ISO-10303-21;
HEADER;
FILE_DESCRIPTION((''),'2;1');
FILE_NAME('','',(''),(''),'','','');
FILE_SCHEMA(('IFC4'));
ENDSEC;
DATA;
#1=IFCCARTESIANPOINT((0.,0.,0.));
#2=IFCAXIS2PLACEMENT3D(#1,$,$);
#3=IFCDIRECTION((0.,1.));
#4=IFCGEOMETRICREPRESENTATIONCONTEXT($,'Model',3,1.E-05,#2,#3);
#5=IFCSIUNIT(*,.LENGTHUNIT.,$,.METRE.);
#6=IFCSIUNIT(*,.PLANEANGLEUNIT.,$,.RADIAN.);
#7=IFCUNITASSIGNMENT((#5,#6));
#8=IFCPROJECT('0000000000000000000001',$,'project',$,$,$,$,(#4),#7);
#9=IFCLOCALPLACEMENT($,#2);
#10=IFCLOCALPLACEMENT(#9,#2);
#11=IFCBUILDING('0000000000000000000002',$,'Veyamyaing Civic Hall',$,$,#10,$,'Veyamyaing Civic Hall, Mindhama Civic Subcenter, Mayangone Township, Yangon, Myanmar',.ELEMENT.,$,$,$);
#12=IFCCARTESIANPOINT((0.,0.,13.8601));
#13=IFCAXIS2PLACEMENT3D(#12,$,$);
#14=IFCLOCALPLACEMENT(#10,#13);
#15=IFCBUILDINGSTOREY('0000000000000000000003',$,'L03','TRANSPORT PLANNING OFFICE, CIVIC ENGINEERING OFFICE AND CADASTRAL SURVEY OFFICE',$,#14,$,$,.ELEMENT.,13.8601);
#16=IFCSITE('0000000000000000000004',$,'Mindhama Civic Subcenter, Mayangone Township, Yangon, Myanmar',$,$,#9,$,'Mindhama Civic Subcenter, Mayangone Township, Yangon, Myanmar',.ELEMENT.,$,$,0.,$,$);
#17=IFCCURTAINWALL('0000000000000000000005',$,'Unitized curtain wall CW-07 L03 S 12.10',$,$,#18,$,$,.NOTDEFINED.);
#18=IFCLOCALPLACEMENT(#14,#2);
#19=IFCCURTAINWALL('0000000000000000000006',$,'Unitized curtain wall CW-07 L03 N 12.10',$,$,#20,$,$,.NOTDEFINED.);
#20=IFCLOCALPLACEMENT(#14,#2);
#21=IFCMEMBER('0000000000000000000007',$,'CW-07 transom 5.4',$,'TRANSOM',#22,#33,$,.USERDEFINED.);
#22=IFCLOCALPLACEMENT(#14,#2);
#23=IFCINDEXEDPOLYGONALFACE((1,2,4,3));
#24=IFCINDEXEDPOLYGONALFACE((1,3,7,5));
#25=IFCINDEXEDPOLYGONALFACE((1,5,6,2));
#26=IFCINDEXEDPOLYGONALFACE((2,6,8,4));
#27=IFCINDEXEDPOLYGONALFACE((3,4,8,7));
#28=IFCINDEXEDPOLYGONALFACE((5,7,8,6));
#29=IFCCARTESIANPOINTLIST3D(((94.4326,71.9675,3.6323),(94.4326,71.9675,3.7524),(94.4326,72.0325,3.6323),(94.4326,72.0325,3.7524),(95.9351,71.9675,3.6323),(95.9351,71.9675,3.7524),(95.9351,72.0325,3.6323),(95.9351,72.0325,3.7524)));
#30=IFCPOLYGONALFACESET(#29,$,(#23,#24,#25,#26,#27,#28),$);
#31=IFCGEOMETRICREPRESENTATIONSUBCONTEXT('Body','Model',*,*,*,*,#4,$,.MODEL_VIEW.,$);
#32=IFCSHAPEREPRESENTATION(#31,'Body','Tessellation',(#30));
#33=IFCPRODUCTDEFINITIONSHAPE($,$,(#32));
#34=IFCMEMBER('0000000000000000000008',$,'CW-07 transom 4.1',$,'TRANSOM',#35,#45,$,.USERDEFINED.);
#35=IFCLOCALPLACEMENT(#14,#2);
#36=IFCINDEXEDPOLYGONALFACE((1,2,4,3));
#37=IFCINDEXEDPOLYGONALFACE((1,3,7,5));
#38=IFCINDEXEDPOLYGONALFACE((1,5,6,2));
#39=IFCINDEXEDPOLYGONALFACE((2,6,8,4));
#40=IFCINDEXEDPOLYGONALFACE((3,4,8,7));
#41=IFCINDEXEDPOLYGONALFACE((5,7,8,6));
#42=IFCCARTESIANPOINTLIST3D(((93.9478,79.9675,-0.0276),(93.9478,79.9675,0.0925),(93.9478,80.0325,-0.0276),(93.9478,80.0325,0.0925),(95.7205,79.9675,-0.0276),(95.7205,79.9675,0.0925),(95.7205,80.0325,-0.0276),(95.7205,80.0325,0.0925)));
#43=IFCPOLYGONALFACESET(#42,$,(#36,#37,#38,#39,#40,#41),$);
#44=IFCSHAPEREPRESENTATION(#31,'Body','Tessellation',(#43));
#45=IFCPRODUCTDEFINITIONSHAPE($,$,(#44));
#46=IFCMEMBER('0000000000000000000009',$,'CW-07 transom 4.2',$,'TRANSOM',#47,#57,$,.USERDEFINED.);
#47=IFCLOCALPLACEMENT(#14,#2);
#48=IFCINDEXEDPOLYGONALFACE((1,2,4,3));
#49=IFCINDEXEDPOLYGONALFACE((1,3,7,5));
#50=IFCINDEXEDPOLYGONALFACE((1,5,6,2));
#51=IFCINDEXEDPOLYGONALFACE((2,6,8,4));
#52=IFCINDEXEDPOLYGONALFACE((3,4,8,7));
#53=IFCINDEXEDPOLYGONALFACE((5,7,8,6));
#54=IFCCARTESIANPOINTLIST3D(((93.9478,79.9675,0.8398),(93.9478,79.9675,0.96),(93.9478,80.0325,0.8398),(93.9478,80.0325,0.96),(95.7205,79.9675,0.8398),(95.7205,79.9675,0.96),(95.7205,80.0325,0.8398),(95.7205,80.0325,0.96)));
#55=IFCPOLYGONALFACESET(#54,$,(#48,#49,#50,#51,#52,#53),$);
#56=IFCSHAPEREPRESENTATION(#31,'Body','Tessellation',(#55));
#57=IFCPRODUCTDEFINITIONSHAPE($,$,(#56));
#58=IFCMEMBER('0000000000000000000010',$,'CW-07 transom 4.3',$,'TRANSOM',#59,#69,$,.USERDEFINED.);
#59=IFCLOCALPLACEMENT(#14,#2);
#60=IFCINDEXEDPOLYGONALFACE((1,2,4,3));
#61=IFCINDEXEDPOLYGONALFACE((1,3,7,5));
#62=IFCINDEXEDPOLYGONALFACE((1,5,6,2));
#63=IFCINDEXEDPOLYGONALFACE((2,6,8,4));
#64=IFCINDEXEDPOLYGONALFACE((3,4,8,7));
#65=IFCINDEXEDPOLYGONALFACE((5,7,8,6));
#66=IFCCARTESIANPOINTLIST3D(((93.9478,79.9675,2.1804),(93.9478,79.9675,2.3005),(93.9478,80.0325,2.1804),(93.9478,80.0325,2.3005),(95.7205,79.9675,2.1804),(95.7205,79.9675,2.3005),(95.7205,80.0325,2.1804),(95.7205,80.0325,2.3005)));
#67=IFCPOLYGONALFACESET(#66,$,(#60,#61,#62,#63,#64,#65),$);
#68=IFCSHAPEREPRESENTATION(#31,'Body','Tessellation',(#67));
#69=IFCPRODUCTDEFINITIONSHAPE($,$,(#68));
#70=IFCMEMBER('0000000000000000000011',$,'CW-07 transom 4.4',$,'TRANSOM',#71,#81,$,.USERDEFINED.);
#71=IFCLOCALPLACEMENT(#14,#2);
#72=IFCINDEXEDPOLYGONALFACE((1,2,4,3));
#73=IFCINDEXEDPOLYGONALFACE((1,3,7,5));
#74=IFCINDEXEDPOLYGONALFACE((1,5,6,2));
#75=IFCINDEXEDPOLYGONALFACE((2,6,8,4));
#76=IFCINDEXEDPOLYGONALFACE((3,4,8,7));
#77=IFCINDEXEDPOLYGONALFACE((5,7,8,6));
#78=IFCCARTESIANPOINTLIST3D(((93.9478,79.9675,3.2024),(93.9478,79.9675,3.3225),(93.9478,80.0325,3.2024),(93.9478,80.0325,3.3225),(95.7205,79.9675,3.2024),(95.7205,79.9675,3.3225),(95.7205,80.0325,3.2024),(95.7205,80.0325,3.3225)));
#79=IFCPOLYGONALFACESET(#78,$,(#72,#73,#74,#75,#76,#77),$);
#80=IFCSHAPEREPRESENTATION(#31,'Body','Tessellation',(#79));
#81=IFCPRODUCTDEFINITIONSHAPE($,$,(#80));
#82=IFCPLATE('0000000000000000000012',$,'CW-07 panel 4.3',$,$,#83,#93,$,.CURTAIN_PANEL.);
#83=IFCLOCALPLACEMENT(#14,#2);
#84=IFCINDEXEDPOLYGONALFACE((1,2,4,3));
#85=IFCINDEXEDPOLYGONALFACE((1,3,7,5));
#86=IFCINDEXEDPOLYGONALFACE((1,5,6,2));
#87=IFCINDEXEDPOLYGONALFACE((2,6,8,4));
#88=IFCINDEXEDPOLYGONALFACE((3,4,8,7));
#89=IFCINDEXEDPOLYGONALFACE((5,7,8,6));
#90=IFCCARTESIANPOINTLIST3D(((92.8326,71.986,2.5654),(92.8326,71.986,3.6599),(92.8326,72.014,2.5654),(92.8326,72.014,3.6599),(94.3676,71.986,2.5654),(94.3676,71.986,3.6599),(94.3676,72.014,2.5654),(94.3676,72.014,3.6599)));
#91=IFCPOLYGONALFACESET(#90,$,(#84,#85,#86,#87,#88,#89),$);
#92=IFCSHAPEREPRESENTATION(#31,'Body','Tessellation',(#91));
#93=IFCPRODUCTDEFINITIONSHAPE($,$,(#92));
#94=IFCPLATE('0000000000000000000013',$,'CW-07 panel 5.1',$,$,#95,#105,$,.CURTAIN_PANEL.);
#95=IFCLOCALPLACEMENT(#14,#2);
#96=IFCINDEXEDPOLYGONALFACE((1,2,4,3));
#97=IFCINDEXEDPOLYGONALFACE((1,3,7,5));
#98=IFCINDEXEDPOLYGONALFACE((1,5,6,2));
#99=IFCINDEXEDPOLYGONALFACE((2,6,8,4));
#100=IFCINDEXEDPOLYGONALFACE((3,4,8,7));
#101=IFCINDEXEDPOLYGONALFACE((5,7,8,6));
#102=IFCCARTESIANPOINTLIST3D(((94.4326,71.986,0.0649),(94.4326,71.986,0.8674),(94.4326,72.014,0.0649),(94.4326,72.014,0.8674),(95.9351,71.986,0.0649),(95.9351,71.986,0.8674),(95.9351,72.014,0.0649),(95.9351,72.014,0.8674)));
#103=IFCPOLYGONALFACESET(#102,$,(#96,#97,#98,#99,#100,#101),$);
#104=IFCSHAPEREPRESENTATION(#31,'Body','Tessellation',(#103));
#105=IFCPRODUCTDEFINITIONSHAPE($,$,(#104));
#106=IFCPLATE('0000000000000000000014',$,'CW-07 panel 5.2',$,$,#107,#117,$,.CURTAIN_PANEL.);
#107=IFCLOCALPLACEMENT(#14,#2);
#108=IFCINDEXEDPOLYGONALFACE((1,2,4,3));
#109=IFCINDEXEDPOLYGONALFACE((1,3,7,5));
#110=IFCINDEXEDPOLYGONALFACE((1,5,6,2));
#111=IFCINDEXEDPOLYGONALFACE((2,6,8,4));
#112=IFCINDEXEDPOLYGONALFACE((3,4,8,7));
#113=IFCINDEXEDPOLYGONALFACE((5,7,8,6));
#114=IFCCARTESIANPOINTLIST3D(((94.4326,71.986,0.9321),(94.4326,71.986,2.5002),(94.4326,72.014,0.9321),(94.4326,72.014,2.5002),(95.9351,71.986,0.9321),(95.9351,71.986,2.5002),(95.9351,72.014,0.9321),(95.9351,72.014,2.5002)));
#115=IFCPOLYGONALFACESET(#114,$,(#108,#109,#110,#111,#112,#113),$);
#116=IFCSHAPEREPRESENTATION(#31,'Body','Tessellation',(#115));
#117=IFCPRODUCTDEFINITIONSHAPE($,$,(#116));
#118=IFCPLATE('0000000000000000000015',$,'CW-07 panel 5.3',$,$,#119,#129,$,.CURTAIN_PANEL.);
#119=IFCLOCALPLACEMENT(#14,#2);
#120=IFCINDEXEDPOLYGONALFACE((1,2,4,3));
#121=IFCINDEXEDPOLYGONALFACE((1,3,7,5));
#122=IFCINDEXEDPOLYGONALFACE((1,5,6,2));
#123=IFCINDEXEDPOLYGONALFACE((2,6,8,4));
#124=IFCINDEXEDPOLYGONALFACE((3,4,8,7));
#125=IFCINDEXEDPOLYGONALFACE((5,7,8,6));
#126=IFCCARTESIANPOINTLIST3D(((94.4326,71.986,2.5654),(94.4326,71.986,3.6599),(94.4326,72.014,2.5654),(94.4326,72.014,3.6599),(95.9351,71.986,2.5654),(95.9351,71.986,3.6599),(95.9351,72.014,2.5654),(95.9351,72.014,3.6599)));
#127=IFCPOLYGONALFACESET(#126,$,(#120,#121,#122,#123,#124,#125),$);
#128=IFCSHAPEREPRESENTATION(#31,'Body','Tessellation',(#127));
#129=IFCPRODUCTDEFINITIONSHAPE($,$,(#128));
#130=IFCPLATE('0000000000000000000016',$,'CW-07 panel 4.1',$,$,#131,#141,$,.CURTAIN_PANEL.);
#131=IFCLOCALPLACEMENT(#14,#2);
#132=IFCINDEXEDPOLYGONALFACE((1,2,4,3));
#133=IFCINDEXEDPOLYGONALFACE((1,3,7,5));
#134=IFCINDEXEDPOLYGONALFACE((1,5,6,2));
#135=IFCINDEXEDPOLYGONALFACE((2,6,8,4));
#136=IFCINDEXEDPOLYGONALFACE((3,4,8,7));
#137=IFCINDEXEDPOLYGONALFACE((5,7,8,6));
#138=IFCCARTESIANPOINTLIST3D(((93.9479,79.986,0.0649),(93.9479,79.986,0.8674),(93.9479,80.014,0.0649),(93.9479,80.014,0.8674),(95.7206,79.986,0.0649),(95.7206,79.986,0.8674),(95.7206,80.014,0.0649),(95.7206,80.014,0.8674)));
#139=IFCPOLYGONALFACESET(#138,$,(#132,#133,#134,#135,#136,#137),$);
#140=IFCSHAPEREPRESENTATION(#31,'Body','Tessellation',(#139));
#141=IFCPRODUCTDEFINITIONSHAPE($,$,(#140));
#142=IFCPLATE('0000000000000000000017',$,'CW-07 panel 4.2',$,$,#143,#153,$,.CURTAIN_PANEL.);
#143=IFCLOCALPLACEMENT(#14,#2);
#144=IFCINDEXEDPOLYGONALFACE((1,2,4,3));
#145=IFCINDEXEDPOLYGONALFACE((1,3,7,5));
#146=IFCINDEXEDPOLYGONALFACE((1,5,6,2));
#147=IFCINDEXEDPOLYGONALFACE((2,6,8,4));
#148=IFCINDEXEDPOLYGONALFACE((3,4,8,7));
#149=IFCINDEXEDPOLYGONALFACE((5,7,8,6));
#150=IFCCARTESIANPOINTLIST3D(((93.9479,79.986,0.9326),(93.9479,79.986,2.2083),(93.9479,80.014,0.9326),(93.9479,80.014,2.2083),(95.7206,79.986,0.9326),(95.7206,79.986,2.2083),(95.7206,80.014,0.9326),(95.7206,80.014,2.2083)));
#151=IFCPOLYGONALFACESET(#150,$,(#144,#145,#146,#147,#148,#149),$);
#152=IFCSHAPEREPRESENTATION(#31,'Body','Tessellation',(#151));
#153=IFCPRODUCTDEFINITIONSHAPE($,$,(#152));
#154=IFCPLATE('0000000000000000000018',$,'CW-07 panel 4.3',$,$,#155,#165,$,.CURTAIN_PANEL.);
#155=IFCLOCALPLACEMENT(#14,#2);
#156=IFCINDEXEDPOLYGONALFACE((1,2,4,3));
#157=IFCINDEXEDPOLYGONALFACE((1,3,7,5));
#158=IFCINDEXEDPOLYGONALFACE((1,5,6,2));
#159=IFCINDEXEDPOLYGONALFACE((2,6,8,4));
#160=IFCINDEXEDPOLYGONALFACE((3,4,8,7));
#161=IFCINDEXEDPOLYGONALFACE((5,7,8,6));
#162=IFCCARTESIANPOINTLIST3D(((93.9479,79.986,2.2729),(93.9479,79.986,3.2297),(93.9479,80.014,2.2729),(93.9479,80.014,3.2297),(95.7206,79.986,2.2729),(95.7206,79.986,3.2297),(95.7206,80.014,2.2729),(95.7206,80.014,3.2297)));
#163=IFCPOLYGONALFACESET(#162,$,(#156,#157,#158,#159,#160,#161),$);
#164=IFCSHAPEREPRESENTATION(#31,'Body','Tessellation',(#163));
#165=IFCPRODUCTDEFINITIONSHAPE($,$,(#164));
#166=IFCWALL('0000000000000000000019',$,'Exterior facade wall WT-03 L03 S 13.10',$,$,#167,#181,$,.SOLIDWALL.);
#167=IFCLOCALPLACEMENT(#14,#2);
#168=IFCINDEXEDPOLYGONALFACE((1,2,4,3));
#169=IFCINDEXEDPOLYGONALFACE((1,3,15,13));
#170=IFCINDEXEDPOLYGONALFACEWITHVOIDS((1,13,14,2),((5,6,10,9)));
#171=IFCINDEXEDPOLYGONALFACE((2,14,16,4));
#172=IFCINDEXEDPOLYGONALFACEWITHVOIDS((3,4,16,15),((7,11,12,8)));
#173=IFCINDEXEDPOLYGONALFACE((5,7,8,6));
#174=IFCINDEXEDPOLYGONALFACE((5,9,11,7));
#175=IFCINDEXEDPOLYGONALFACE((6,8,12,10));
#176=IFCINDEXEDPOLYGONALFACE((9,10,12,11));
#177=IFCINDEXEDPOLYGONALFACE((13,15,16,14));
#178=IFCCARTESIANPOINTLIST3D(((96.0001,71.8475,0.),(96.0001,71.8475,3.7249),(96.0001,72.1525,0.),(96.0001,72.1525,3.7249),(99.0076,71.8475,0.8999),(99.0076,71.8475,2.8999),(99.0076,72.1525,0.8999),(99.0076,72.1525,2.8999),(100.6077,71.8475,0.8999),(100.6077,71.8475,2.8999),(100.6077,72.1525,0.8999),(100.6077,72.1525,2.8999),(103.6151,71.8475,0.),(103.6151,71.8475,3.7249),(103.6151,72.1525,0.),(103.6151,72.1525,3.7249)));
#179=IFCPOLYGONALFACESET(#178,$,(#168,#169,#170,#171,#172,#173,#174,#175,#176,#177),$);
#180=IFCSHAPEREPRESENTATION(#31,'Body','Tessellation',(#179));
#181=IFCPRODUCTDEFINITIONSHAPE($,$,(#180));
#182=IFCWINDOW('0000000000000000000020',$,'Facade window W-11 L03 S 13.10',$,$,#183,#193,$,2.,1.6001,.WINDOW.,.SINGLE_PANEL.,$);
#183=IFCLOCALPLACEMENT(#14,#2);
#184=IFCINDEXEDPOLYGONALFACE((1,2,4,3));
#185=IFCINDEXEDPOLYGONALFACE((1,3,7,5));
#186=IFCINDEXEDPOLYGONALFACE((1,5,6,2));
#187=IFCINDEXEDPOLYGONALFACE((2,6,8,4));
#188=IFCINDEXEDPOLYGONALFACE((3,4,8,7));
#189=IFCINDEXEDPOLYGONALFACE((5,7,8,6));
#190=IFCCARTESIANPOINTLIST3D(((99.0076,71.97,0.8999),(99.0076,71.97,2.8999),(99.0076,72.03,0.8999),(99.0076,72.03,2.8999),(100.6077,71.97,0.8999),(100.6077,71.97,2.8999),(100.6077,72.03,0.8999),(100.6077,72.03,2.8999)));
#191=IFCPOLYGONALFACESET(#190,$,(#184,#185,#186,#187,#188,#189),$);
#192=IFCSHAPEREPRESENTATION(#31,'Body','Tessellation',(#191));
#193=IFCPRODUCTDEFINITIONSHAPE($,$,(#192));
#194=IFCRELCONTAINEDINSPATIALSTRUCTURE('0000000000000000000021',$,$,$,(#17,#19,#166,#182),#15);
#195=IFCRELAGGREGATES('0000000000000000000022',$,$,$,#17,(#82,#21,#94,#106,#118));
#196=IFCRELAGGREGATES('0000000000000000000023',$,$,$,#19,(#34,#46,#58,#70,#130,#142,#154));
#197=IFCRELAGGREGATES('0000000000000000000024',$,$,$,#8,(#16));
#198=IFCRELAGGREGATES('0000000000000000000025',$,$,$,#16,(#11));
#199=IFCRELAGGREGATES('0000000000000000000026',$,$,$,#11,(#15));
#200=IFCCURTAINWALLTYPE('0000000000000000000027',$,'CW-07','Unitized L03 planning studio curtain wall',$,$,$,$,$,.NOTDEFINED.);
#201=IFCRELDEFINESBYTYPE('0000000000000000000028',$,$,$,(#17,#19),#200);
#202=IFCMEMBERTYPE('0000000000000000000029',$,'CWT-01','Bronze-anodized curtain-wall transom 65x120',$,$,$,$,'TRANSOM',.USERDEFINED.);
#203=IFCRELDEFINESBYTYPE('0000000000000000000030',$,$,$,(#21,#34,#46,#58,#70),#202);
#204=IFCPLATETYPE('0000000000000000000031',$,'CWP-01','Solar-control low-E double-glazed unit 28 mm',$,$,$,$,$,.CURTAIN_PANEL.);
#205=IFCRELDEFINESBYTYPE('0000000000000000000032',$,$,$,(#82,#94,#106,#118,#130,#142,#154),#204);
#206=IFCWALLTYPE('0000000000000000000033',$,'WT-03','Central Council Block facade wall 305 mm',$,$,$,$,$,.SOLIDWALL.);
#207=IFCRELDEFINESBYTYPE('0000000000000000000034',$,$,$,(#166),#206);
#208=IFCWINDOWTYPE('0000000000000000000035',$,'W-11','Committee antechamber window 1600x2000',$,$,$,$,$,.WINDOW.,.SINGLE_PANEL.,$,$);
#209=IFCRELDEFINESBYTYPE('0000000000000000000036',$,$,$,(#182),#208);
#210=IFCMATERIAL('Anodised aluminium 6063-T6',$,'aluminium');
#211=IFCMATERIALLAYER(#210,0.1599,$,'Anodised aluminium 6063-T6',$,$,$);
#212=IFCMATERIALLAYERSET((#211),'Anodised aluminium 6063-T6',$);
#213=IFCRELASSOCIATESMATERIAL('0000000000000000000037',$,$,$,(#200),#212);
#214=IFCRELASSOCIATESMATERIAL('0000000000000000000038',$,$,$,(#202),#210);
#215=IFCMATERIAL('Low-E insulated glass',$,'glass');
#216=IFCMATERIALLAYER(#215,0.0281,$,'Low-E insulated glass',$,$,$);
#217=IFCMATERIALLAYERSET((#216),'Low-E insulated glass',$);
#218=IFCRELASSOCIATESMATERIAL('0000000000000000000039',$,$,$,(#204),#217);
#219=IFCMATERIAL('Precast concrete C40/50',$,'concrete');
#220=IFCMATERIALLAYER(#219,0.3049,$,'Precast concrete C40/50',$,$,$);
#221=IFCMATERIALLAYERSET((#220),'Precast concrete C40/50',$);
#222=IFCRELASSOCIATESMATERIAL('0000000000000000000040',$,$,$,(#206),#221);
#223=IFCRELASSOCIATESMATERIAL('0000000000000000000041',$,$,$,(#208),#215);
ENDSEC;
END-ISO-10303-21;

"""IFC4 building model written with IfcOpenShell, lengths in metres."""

from ifc_helpers import new_model, si_unit, direction, frame, frame_2d, origin, origin_2d, place, context, subcontext, project, spatial, rectangle, extrude, material, layer, layer_set, material_profile, profile_set, type_object, element, fill, aggregate, save


model = new_model("IFC4")

# Units and contexts
model_context = context("Model", 3, precision=1e-05, world=origin(), true_north=direction((0.0, 1.0)))
body_context = subcontext(model_context, "Body", "Model", "MODEL_VIEW")
ifc_project = project(units=[si_unit("LENGTHUNIT", "METRE"), si_unit("PLANEANGLEUNIT", "RADIAN")], contexts=[model_context])

# Site, building, storey
site_placement = place(None, origin())
site = spatial("IfcSite", under=ifc_project, at=site_placement, Name="Mindhama Civic Subcenter, Mayangone Township, Yangon, Myanmar", LongName="Mindhama Civic Subcenter, Mayangone Township, Yangon, Myanmar", CompositionType="ELEMENT", RefElevation=0.0)
building_placement = place(site_placement, origin())
building = spatial("IfcBuilding", under=site, at=building_placement, Name="Veyamyaing Civic Hall", LongName="Veyamyaing Civic Hall, Mindhama Civic Subcenter, Mayangone Township, Yangon, Myanmar", CompositionType="ELEMENT")
storey_placement = place(building_placement, frame((0.0, 0.0, 13.8601)))
storey = spatial("IfcBuildingStorey", under=building, at=storey_placement, Name="L03", Description="TRANSPORT PLANNING OFFICE, CIVIC ENGINEERING OFFICE AND CADASTRAL SURVEY OFFICE", CompositionType="ELEMENT", Elevation=13.8601)

# Curtain walls
ifc_material_1 = material(Name="Anodised aluminium 6063-T6", Category="aluminium")
ifc_layer_1 = layer(ifc_material_1, 0.1599, Name="Anodised aluminium 6063-T6")
ifc_layer_set_1 = layer_set([ifc_layer_1], Name="Anodised aluminium 6063-T6")
curtain_wall_type = type_object("IfcCurtainWallType", Name="CW-07", Description="Unitized L03 planning studio curtain wall", PredefinedType="NOTDEFINED", material=ifc_layer_set_1)
curtain_wall_1_placement = place(storey_placement, origin())
curtain_wall_1 = element("IfcCurtainWall", 1, at=curtain_wall_1_placement, inside=storey, type_object=curtain_wall_type, Name="Unitized curtain wall CW-07 L03 S 12.10", PredefinedType="NOTDEFINED")
curtain_wall_2_placement = place(storey_placement, origin())
curtain_wall_2 = element("IfcCurtainWall", 2, at=curtain_wall_2_placement, inside=storey, type_object=curtain_wall_type, Name="Unitized curtain wall CW-07 L03 N 12.10", PredefinedType="NOTDEFINED")

# Members
ifc_material_profile_1 = material_profile(ifc_material_1, rectangle(XDim=0.0649, YDim=0.1201, at=origin_2d()), Name="ALU-TRN-65X120")
ifc_profile_set_1 = profile_set([ifc_material_profile_1], Name="Anodised aluminium 6063-T6")
member_type_1 = type_object("IfcMemberType", Name="CWT-01", Description="Bronze-anodized curtain-wall transom 65x120", ElementType="TRANSOM", PredefinedType="USERDEFINED", material=ifc_profile_set_1)
member_1_placement = place(storey_placement, frame((94.4326, 72.0, 3.6924), z_axis=(1.0, 0.0, 0.0), x_axis=(0.0, 1.0, 0.0)))
member_1 = element("IfcMember", 3, at=member_1_placement, type_object=member_type_1, Name="CW-07 transom 5.4", ObjectType="TRANSOM", PredefinedType="USERDEFINED", context=body_context, shape_type="SweptSolid", body=[
    extrude(rectangle(XDim=0.0649, YDim=0.1201, at=origin_2d()), origin(), (0.0, 0.0, 1.0), 1.5024),
])
member_2_placement = place(storey_placement, frame((93.9478, 80.0, 0.0325), z_axis=(1.0, 0.0, 0.0), x_axis=(0.0, 1.0, 0.0)))
member_2 = element("IfcMember", 4, at=member_2_placement, type_object=member_type_1, Name="CW-07 transom 4.1", ObjectType="TRANSOM", PredefinedType="USERDEFINED", context=body_context, shape_type="SweptSolid", body=[
    extrude(rectangle(XDim=0.0649, YDim=0.1201, at=origin_2d()), origin(), (0.0, 0.0, 1.0), 1.7727),
])
member_3_placement = place(storey_placement, frame((93.9478, 80.0, 0.8999), z_axis=(1.0, 0.0, 0.0), x_axis=(0.0, 1.0, 0.0)))
member_3 = element("IfcMember", 5, at=member_3_placement, type_object=member_type_1, Name="CW-07 transom 4.2", ObjectType="TRANSOM", PredefinedType="USERDEFINED", context=body_context, shape_type="SweptSolid", body=[
    extrude(rectangle(XDim=0.0649, YDim=0.1201, at=origin_2d()), origin(), (0.0, 0.0, 1.0), 1.7727),
])
member_4_placement = place(storey_placement, frame((93.9478, 80.0, 2.2405), z_axis=(1.0, 0.0, 0.0), x_axis=(0.0, 1.0, 0.0)))
member_4 = element("IfcMember", 6, at=member_4_placement, type_object=member_type_1, Name="CW-07 transom 4.3", ObjectType="TRANSOM", PredefinedType="USERDEFINED", context=body_context, shape_type="SweptSolid", body=[
    extrude(rectangle(XDim=0.0649, YDim=0.1201, at=origin_2d()), origin(), (0.0, 0.0, 1.0), 1.7727),
])
member_5_placement = place(storey_placement, frame((93.9478, 80.0, 3.2625), z_axis=(1.0, 0.0, 0.0), x_axis=(0.0, 1.0, 0.0)))
member_5 = element("IfcMember", 7, at=member_5_placement, type_object=member_type_1, Name="CW-07 transom 4.4", ObjectType="TRANSOM", PredefinedType="USERDEFINED", context=body_context, shape_type="SweptSolid", body=[
    extrude(rectangle(XDim=0.0649, YDim=0.1201, at=origin_2d()), origin(), (0.0, 0.0, 1.0), 1.7727),
])

# Plates
ifc_material_2 = material(Name="Low-E insulated glass", Category="glass")
ifc_layer_2 = layer(ifc_material_2, 0.0281, Name="Low-E insulated glass")
ifc_layer_set_2 = layer_set([ifc_layer_2], Name="Low-E insulated glass")
plate_type = type_object("IfcPlateType", Name="CWP-01", Description="Solar-control low-E double-glazed unit 28 mm", PredefinedType="CURTAIN_PANEL", material=ifc_layer_set_2)
plate_1_placement = place(storey_placement, frame((93.6001, 72.0, 2.5654), z_axis=(0.0, 0.0, 1.0), x_axis=(1.0, 0.0, 0.0)))
plate_1 = element("IfcPlate", 8, at=plate_1_placement, type_object=plate_type, Name="CW-07 panel 4.3", PredefinedType="CURTAIN_PANEL", context=body_context, shape_type="SweptSolid", body=[
    extrude(rectangle(XDim=1.5349, YDim=0.0281, at=origin_2d()), origin(), (0.0, 0.0, 1.0), 1.0945),
])
plate_2_placement = place(storey_placement, frame((95.1838, 72.0, 0.0649), z_axis=(0.0, 0.0, 1.0), x_axis=(1.0, 0.0, 0.0)))
plate_2 = element("IfcPlate", 9, at=plate_2_placement, type_object=plate_type, Name="CW-07 panel 5.1", PredefinedType="CURTAIN_PANEL", context=body_context, shape_type="SweptSolid", body=[
    extrude(rectangle(XDim=1.5024, YDim=0.0281, at=origin_2d()), origin(), (0.0, 0.0, 1.0), 0.8025),
])
plate_3_placement = place(storey_placement, frame((95.1838, 72.0, 0.9321), z_axis=(0.0, 0.0, 1.0), x_axis=(1.0, 0.0, 0.0)))
plate_3 = element("IfcPlate", 10, at=plate_3_placement, type_object=plate_type, Name="CW-07 panel 5.2", PredefinedType="CURTAIN_PANEL", context=body_context, shape_type="SweptSolid", body=[
    extrude(rectangle(XDim=1.5024, YDim=0.0281, at=origin_2d()), origin(), (0.0, 0.0, 1.0), 1.5681),
])
plate_4_placement = place(storey_placement, frame((95.1838, 72.0, 2.5654), z_axis=(0.0, 0.0, 1.0), x_axis=(1.0, 0.0, 0.0)))
plate_4 = element("IfcPlate", 11, at=plate_4_placement, type_object=plate_type, Name="CW-07 panel 5.3", PredefinedType="CURTAIN_PANEL", context=body_context, shape_type="SweptSolid", body=[
    extrude(rectangle(XDim=1.5024, YDim=0.0281, at=origin_2d()), origin(), (0.0, 0.0, 1.0), 1.0945),
])
aggregate(curtain_wall_1, [plate_1, member_1, plate_2, plate_3, plate_4])
plate_5_placement = place(storey_placement, frame((94.8342, 80.0, 0.0649), z_axis=(0.0, 0.0, 1.0), x_axis=(1.0, 0.0, 0.0)))
plate_5 = element("IfcPlate", 12, at=plate_5_placement, type_object=plate_type, Name="CW-07 panel 4.1", PredefinedType="CURTAIN_PANEL", context=body_context, shape_type="SweptSolid", body=[
    extrude(rectangle(XDim=1.7727, YDim=0.0281, at=origin_2d()), origin(), (0.0, 0.0, 1.0), 0.8025),
])
plate_6_placement = place(storey_placement, frame((94.8342, 80.0, 0.9326), z_axis=(0.0, 0.0, 1.0), x_axis=(1.0, 0.0, 0.0)))
plate_6 = element("IfcPlate", 13, at=plate_6_placement, type_object=plate_type, Name="CW-07 panel 4.2", PredefinedType="CURTAIN_PANEL", context=body_context, shape_type="SweptSolid", body=[
    extrude(rectangle(XDim=1.7727, YDim=0.0281, at=origin_2d()), origin(), (0.0, 0.0, 1.0), 1.2756),
])
plate_7_placement = place(storey_placement, frame((94.8342, 80.0, 2.2729), z_axis=(0.0, 0.0, 1.0), x_axis=(1.0, 0.0, 0.0)))
plate_7 = element("IfcPlate", 14, at=plate_7_placement, type_object=plate_type, Name="CW-07 panel 4.3", PredefinedType="CURTAIN_PANEL", context=body_context, shape_type="SweptSolid", body=[
    extrude(rectangle(XDim=1.7727, YDim=0.0281, at=origin_2d()), origin(), (0.0, 0.0, 1.0), 0.9568),
])
aggregate(curtain_wall_2, [member_2, member_3, member_4, member_5, plate_5, plate_6, plate_7])

# Wall, opening, window
ifc_material_3 = material(Name="Precast concrete C40/50", Category="concrete")
ifc_layer_3 = layer(ifc_material_3, 0.3049, Name="Precast concrete C40/50")
ifc_layer_set_3 = layer_set([ifc_layer_3], Name="Precast concrete C40/50")
wall_type_1 = type_object("IfcWallType", Name="WT-03", Description="Central Council Block facade wall 305 mm", PredefinedType="SOLIDWALL", material=ifc_layer_set_3)
wall_1_placement = place(storey_placement, frame((96.0, 72.0, 0.0), z_axis=(0.0, 0.0, 1.0), x_axis=(1.0, 0.0, 0.0)))
wall_1 = element("IfcWall", 15, at=wall_1_placement, inside=storey, type_object=wall_type_1, Name="Exterior facade wall WT-03 L03 S 13.10", PredefinedType="SOLIDWALL", context=body_context, shape_type="SweptSolid", body=[
    extrude(rectangle(XDim=7.615, YDim=0.3049, at=frame_2d((3.8076, 0.0))), origin(), (0.0, 0.0, 1.0), 3.7249),
])
opening_1_placement = place(wall_1_placement, frame((3.0076, 0.0, 0.8999)))
opening_1 = element("IfcOpeningElement", 16, at=opening_1_placement, cuts=wall_1, PredefinedType="OPENING", context=body_context, shape_type="SweptSolid", body=[
    extrude(rectangle(XDim=1.6001, YDim=2.0, at=frame_2d((0.8, 1.0))), frame((0.0, 0.1624, 0.0), z_axis=(0.0, -1.0, 0.0), x_axis=(1.0, 0.0, 0.0)), (0.0, 0.0, 1.0), 0.325),
])
window_type = type_object("IfcWindowType", Name="W-11", Description="Committee antechamber window 1600x2000", PartitioningType="SINGLE_PANEL", PredefinedType="WINDOW", material=ifc_material_2)
window_1_placement = place(opening_1_placement, origin())
window_1 = element("IfcWindow", 17, at=window_1_placement, inside=storey, type_object=window_type, Name="Facade window W-11 L03 S 13.10", OverallHeight=2.0, OverallWidth=1.6001, PartitioningType="SINGLE_PANEL", PredefinedType="WINDOW", context=body_context, shape_type="SweptSolid", body=[
    extrude(rectangle(XDim=1.6001, YDim=2.0, at=frame_2d((0.8, 1.0))), frame((0.0, 0.03, 0.0), z_axis=(0.0, -1.0, 0.0), x_axis=(1.0, 0.0, 0.0)), (0.0, 0.0, 1.0), 0.0601),
])
fill(opening_1, window_1)

save(model, "model.ifc")
